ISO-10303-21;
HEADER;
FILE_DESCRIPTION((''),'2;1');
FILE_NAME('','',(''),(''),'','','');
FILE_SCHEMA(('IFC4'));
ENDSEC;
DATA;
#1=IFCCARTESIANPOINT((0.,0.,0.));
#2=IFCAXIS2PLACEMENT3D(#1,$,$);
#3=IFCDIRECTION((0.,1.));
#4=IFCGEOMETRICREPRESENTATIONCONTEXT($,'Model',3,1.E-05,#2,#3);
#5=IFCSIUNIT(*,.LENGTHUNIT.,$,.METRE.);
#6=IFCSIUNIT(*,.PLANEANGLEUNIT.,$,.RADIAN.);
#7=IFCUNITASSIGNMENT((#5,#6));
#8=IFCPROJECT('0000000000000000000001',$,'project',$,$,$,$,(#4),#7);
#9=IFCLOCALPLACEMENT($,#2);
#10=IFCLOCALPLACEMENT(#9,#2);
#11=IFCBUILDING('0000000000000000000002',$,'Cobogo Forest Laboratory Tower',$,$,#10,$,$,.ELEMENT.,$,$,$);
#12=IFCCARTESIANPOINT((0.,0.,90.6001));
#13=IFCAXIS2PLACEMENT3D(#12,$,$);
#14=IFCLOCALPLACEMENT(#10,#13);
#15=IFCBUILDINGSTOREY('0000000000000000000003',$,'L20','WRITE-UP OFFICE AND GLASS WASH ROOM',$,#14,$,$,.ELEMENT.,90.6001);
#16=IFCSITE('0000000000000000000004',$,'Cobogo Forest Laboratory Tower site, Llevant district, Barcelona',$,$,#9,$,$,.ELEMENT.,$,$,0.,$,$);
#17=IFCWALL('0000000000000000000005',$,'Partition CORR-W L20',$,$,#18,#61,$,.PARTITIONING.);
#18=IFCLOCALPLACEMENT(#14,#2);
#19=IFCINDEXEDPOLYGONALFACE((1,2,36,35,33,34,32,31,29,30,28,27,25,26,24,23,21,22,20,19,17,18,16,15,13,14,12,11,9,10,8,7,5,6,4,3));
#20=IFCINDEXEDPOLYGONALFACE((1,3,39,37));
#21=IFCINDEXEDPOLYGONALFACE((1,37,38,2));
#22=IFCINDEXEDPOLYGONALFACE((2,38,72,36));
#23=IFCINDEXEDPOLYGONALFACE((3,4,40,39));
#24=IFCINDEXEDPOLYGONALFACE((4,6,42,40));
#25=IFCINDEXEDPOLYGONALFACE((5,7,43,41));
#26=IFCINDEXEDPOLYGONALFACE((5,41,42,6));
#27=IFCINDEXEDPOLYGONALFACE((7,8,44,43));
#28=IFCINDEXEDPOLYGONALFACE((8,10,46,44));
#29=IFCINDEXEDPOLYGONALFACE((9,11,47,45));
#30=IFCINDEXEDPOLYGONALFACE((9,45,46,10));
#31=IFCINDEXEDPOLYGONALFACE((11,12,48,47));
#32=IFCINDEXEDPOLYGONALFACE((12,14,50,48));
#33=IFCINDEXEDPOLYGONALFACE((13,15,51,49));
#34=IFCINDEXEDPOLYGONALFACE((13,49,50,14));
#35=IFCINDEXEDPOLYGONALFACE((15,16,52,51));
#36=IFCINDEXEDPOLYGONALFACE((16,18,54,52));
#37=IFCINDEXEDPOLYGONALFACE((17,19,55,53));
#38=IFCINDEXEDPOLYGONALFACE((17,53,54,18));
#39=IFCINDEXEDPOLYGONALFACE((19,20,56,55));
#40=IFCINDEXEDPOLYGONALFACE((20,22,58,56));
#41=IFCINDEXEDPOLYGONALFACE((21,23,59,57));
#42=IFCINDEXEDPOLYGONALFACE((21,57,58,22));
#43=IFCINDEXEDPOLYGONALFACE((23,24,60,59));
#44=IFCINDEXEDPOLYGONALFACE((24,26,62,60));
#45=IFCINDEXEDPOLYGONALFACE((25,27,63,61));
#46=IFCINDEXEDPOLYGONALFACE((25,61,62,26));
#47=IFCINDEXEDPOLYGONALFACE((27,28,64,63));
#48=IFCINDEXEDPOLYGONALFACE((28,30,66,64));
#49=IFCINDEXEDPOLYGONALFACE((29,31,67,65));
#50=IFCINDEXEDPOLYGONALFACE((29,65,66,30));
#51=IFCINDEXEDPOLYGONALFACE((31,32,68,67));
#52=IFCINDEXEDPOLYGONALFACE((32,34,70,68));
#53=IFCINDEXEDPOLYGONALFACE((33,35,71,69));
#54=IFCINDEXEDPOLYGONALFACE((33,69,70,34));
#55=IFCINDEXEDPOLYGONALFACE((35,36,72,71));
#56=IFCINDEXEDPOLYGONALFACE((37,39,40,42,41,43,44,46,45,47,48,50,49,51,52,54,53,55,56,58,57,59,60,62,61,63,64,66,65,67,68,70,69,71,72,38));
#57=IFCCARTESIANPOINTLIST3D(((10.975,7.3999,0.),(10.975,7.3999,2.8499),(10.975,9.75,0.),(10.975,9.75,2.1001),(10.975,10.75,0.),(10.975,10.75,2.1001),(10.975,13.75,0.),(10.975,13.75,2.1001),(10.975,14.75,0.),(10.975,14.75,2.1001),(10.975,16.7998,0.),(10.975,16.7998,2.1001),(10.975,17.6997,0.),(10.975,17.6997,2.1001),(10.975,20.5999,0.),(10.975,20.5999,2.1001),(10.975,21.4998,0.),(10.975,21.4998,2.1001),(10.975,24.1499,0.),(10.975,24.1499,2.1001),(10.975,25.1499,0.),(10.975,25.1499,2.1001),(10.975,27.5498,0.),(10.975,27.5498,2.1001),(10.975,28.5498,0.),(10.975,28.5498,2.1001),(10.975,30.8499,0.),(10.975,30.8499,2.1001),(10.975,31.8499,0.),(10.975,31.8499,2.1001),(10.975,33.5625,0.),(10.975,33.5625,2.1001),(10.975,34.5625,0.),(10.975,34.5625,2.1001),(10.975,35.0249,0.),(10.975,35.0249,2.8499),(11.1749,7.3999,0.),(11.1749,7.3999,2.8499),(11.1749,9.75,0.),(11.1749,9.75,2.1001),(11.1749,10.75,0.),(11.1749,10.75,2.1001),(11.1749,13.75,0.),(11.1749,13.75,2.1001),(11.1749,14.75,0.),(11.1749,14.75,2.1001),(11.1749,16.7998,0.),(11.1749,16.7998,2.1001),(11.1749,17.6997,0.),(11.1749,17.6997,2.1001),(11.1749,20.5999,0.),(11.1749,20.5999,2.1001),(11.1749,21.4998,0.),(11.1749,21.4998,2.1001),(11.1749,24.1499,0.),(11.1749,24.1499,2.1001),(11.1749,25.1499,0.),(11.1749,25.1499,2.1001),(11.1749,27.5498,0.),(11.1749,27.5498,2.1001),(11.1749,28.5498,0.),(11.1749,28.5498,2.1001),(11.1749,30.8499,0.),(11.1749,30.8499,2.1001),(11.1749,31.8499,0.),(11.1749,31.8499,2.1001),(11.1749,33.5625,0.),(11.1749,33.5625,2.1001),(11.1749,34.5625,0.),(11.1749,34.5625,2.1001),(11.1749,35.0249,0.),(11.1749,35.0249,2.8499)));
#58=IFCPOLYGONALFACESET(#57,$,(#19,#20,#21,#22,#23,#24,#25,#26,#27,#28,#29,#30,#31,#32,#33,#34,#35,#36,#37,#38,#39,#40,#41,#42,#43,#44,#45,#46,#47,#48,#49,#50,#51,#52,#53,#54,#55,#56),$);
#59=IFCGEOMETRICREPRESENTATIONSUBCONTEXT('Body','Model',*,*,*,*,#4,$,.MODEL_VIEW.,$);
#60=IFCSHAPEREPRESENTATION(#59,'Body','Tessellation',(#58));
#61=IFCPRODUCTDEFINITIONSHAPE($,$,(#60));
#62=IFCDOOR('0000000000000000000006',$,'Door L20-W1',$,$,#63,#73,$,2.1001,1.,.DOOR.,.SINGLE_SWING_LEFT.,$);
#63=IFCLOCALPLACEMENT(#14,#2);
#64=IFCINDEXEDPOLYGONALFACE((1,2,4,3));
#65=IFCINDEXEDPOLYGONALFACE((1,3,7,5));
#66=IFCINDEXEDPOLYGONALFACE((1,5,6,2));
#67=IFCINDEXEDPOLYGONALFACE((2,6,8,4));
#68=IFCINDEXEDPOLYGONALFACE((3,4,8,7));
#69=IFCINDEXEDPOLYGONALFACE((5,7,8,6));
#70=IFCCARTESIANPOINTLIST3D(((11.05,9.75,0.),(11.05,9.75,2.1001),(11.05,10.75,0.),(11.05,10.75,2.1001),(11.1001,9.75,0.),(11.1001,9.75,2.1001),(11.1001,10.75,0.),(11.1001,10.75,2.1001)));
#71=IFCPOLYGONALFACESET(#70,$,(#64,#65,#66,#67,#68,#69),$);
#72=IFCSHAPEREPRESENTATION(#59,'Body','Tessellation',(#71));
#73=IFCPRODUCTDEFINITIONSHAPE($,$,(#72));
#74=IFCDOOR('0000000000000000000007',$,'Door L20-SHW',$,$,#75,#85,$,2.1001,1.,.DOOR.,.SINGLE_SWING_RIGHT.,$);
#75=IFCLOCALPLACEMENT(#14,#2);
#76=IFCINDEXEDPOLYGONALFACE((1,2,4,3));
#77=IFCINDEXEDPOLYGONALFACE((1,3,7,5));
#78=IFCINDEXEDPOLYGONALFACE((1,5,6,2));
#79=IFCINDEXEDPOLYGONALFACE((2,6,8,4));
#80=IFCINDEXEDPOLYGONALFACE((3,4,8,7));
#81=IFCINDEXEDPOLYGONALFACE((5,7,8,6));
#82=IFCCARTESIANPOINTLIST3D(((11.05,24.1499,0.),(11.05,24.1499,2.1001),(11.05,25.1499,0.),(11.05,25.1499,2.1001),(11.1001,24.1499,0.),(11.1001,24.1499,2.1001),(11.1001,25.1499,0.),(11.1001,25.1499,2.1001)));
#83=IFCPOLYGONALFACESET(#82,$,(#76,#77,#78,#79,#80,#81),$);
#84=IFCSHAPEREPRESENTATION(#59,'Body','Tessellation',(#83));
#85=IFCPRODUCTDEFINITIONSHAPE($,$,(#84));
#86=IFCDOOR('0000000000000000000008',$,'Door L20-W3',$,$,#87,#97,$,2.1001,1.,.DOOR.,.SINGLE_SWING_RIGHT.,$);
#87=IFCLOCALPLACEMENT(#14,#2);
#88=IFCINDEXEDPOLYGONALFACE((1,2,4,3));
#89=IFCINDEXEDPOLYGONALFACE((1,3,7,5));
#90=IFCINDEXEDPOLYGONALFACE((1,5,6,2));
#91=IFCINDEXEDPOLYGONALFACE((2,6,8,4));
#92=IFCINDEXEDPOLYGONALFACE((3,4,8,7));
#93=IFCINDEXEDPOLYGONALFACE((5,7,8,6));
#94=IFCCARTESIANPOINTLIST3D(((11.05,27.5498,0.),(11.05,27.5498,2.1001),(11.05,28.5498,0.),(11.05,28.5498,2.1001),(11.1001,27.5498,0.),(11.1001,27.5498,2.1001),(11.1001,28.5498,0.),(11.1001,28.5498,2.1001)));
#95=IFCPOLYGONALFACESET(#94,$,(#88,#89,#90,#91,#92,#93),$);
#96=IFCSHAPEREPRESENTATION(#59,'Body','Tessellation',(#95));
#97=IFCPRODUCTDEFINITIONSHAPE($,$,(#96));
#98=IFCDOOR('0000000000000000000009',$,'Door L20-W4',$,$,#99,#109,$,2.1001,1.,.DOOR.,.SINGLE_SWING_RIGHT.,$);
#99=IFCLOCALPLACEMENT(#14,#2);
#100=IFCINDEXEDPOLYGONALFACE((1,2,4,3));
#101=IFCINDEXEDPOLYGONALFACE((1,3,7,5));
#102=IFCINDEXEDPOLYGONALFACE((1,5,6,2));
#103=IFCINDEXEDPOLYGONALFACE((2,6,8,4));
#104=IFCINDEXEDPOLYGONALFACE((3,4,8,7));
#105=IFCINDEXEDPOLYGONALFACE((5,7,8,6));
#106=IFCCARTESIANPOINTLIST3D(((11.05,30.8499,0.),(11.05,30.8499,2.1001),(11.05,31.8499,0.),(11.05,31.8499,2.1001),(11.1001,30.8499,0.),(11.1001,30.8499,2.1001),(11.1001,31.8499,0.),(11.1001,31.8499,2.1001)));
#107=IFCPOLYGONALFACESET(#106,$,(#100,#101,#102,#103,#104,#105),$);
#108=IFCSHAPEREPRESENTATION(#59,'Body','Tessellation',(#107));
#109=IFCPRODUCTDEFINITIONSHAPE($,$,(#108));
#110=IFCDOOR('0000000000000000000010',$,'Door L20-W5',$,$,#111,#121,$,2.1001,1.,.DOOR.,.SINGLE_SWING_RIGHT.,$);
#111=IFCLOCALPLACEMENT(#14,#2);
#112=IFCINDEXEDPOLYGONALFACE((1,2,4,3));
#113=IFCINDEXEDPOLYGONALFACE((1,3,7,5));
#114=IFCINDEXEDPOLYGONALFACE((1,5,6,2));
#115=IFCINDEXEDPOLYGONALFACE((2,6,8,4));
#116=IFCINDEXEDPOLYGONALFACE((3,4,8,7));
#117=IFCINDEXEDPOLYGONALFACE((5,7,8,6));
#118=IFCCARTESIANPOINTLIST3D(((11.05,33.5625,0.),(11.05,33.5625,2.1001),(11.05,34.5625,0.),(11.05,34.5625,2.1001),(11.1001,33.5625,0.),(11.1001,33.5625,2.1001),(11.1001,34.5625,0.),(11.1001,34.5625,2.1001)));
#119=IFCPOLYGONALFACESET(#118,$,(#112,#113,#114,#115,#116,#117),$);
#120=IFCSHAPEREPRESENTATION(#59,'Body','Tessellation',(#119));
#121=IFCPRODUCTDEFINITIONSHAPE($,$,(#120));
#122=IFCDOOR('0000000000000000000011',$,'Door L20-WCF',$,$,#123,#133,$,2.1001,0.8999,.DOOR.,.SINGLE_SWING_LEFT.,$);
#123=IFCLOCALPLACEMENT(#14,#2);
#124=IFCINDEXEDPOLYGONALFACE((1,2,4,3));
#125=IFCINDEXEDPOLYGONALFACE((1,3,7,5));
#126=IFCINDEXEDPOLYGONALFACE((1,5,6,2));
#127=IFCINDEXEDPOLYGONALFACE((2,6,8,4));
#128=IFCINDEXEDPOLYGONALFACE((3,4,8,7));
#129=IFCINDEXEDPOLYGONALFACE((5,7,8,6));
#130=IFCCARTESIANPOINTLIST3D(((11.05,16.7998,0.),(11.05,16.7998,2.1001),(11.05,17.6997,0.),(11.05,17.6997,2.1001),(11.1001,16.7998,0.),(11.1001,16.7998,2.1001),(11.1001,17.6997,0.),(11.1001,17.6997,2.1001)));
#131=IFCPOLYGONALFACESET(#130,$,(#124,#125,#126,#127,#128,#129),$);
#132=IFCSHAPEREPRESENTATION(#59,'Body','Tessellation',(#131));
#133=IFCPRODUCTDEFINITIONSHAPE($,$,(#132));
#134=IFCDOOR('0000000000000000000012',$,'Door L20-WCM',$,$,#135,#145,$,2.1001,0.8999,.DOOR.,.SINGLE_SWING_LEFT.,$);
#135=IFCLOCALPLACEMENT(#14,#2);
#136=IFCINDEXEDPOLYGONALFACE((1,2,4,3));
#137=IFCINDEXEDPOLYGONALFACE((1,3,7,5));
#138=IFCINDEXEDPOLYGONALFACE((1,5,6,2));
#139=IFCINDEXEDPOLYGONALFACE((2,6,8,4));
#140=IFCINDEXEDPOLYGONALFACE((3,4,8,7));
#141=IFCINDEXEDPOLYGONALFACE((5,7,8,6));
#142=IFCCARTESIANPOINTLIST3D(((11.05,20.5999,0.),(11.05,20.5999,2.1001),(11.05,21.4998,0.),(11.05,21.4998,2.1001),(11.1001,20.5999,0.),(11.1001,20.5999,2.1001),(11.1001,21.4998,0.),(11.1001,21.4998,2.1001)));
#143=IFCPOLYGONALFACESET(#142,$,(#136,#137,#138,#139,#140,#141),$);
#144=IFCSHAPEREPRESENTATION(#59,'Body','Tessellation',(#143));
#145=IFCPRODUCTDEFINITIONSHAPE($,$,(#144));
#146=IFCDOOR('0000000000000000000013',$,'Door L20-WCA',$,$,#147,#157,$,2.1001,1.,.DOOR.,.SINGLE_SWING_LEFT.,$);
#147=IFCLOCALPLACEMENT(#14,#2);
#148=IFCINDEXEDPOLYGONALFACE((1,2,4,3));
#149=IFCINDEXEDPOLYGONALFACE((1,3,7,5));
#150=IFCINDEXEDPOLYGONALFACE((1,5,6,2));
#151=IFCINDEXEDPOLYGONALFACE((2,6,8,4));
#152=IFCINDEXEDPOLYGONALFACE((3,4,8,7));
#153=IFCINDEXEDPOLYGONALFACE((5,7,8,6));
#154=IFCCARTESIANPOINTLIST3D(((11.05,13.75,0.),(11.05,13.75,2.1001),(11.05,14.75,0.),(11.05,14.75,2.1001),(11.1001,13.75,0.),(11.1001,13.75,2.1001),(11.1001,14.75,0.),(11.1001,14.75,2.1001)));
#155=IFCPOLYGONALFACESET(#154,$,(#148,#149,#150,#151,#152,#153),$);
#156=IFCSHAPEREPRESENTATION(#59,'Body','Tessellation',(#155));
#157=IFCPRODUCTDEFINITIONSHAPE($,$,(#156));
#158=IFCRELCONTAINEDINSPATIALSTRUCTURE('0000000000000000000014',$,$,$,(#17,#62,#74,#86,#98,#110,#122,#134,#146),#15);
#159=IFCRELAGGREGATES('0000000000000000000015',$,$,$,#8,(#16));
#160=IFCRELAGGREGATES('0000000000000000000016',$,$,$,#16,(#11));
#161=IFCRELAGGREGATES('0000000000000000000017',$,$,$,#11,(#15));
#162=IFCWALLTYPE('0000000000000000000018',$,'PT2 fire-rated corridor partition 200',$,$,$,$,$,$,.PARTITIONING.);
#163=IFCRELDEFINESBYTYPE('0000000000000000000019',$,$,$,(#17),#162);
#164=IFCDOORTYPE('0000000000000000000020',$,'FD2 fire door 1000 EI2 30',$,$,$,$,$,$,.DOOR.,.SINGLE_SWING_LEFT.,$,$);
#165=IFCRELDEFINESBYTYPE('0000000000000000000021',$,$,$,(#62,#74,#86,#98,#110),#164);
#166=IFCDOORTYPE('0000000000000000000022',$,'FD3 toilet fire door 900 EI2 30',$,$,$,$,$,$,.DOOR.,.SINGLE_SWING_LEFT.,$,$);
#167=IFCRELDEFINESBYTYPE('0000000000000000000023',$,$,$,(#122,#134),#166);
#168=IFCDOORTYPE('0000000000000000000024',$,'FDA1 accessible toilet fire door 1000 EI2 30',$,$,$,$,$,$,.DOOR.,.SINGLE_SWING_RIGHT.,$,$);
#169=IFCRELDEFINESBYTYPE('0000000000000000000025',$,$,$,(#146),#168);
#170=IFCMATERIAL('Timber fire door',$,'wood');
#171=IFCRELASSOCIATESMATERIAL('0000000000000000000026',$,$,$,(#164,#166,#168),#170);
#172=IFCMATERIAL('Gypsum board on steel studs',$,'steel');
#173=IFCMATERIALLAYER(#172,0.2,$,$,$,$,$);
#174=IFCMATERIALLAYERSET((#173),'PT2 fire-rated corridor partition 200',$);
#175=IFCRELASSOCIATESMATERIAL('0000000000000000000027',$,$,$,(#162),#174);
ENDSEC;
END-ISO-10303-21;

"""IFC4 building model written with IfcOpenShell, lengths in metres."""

from ifc_helpers import new_model, si_unit, direction, frame, frame_2d, origin, place, context, subcontext, project, spatial, rectangle, extrude, material, layer, layer_set, type_object, element, fill, save


model = new_model("IFC4")

# Units and contexts
model_context = context("Model", 3, precision=1e-05, world=origin(), true_north=direction((0.0, 1.0)))
body_context = subcontext(model_context, "Body", "Model", "MODEL_VIEW")
ifc_project = project(units=[si_unit("LENGTHUNIT", "METRE"), si_unit("PLANEANGLEUNIT", "RADIAN")], contexts=[model_context])

# Site, building, storey
site_placement = place(None, origin())
site = spatial("IfcSite", under=ifc_project, at=site_placement, Name="Cobogo Forest Laboratory Tower site, Llevant district, Barcelona", CompositionType="ELEMENT", RefElevation=0.0)
building_placement = place(site_placement, origin())
building = spatial("IfcBuilding", under=site, at=building_placement, Name="Cobogo Forest Laboratory Tower", CompositionType="ELEMENT")
storey_placement = place(building_placement, frame((0.0, 0.0, 90.6001)))
storey = spatial("IfcBuildingStorey", under=building, at=storey_placement, Name="L20", Description="WRITE-UP OFFICE AND GLASS WASH ROOM", CompositionType="ELEMENT", Elevation=90.6001)

# Shared definitions
ifc_material_1 = material(Name="Gypsum board on steel studs", Category="steel")
ifc_material_2 = material(Name="Timber fire door", Category="wood")
door_type_1 = type_object("IfcDoorType", Name="FD2 fire door 1000 EI2 30", OperationType="SINGLE_SWING_LEFT", PredefinedType="DOOR", material=ifc_material_2)

# Wall, openings, doors
ifc_layer_1 = layer(ifc_material_1, 0.2)
ifc_layer_set_1 = layer_set([ifc_layer_1], Name="PT2 fire-rated corridor partition 200")
wall_type_1 = type_object("IfcWallType", Name="PT2 fire-rated corridor partition 200", PredefinedType="PARTITIONING", material=ifc_layer_set_1)
wall_1_placement = place(storey_placement, frame((11.075, 7.3999, 0.0), z_axis=(0.0, 0.0, 1.0), x_axis=(0.0, 1.0, 0.0)))
wall_1 = element("IfcWall", 1, at=wall_1_placement, inside=storey, type_object=wall_type_1, Name="Partition CORR-W L20", PredefinedType="PARTITIONING", context=body_context, shape_type="SweptSolid", body=[
    extrude(rectangle(XDim=27.625, YDim=0.2, at=frame_2d((13.8125, 0.0))), origin(), (0.0, 0.0, 1.0), 2.8499),
])
opening_1_placement = place(wall_1_placement, frame((2.3501, 0.0, 0.0)))
opening_1 = element("IfcOpeningElement", 2, at=opening_1_placement, cuts=wall_1, PredefinedType="OPENING", context=body_context, shape_type="SweptSolid", body=[
    extrude(rectangle(XDim=1.0, YDim=2.1001, at=frame_2d((0.5, 1.05))), frame((0.0, 0.1099, 0.0), z_axis=(0.0, -1.0, 0.0), x_axis=(1.0, 0.0, 0.0)), (0.0, 0.0, 1.0), 0.22),
])
opening_2_placement = place(wall_1_placement, frame((6.3501, 0.0, 0.0)))
opening_2 = element("IfcOpeningElement", 3, at=opening_2_placement, cuts=wall_1, PredefinedType="OPENING", context=body_context, shape_type="SweptSolid", body=[
    extrude(rectangle(XDim=1.0, YDim=2.1001, at=frame_2d((0.5, 1.05))), frame((0.0, 0.1099, 0.0), z_axis=(0.0, -1.0, 0.0), x_axis=(1.0, 0.0, 0.0)), (0.0, 0.0, 1.0), 0.22),
])
opening_3_placement = place(wall_1_placement, frame((9.3999, 0.0, 0.0)))
opening_3 = element("IfcOpeningElement", 4, at=opening_3_placement, cuts=wall_1, PredefinedType="OPENING", context=body_context, shape_type="SweptSolid", body=[
    extrude(rectangle(XDim=0.8999, YDim=2.1001, at=frame_2d((0.45, 1.05))), frame((0.0, 0.1099, 0.0), z_axis=(0.0, -1.0, 0.0), x_axis=(1.0, 0.0, 0.0)), (0.0, 0.0, 1.0), 0.22),
])
opening_4_placement = place(wall_1_placement, frame((13.2, 0.0, 0.0)))
opening_4 = element("IfcOpeningElement", 5, at=opening_4_placement, cuts=wall_1, PredefinedType="OPENING", context=body_context, shape_type="SweptSolid", body=[
    extrude(rectangle(XDim=0.8999, YDim=2.1001, at=frame_2d((0.45, 1.05))), frame((0.0, 0.1099, 0.0), z_axis=(0.0, -1.0, 0.0), x_axis=(1.0, 0.0, 0.0)), (0.0, 0.0, 1.0), 0.22),
])
opening_5_placement = place(wall_1_placement, frame((16.75, 0.0, 0.0)))
opening_5 = element("IfcOpeningElement", 6, at=opening_5_placement, cuts=wall_1, PredefinedType="OPENING", context=body_context, shape_type="SweptSolid", body=[
    extrude(rectangle(XDim=1.0, YDim=2.1001, at=frame_2d((0.5, 1.05))), frame((0.0, 0.1099, 0.0), z_axis=(0.0, -1.0, 0.0), x_axis=(1.0, 0.0, 0.0)), (0.0, 0.0, 1.0), 0.22),
])
opening_6_placement = place(wall_1_placement, frame((20.1499, 0.0, 0.0)))
opening_6 = element("IfcOpeningElement", 7, at=opening_6_placement, cuts=wall_1, PredefinedType="OPENING", context=body_context, shape_type="SweptSolid", body=[
    extrude(rectangle(XDim=1.0, YDim=2.1001, at=frame_2d((0.5, 1.05))), frame((0.0, 0.1099, 0.0), z_axis=(0.0, -1.0, 0.0), x_axis=(1.0, 0.0, 0.0)), (0.0, 0.0, 1.0), 0.22),
])
opening_7_placement = place(wall_1_placement, frame((23.45, 0.0, 0.0)))
opening_7 = element("IfcOpeningElement", 8, at=opening_7_placement, cuts=wall_1, PredefinedType="OPENING", context=body_context, shape_type="SweptSolid", body=[
    extrude(rectangle(XDim=1.0, YDim=2.1001, at=frame_2d((0.5, 1.05))), frame((0.0, 0.1099, 0.0), z_axis=(0.0, -1.0, 0.0), x_axis=(1.0, 0.0, 0.0)), (0.0, 0.0, 1.0), 0.22),
])
opening_8_placement = place(wall_1_placement, frame((26.1626, 0.0, 0.0)))
opening_8 = element("IfcOpeningElement", 9, at=opening_8_placement, cuts=wall_1, PredefinedType="OPENING", context=body_context, shape_type="SweptSolid", body=[
    extrude(rectangle(XDim=1.0, YDim=2.1001, at=frame_2d((0.5, 1.05))), frame((0.0, 0.1099, 0.0), z_axis=(0.0, -1.0, 0.0), x_axis=(1.0, 0.0, 0.0)), (0.0, 0.0, 1.0), 0.22),
])
door_1_placement = place(opening_1_placement, origin())
door_1 = element("IfcDoor", 10, at=door_1_placement, inside=storey, type_object=door_type_1, Name="Door L20-W1", OperationType="SINGLE_SWING_LEFT", OverallHeight=2.1001, OverallWidth=1.0, PredefinedType="DOOR", context=body_context, shape_type="SweptSolid", body=[
    extrude(rectangle(XDim=1.0, YDim=2.1001, at=frame_2d((0.5, 1.05))), frame((0.0, 0.0249, 0.0), z_axis=(0.0, -1.0, 0.0), x_axis=(1.0, 0.0, 0.0)), (0.0, 0.0, 1.0), 0.05),
])
fill(opening_1, door_1)
door_2_placement = place(opening_5_placement, origin())
door_2 = element("IfcDoor", 11, at=door_2_placement, inside=storey, type_object=door_type_1, Name="Door L20-SHW", OperationType="SINGLE_SWING_RIGHT", OverallHeight=2.1001, OverallWidth=1.0, PredefinedType="DOOR", context=body_context, shape_type="SweptSolid", body=[
    extrude(rectangle(XDim=1.0, YDim=2.1001, at=frame_2d((0.5, 1.05))), frame((0.0, 0.0249, 0.0), z_axis=(0.0, -1.0, 0.0), x_axis=(1.0, 0.0, 0.0)), (0.0, 0.0, 1.0), 0.05),
])
fill(opening_5, door_2)
door_3_placement = place(opening_6_placement, origin())
door_3 = element("IfcDoor", 12, at=door_3_placement, inside=storey, type_object=door_type_1, Name="Door L20-W3", OperationType="SINGLE_SWING_RIGHT", OverallHeight=2.1001, OverallWidth=1.0, PredefinedType="DOOR", context=body_context, shape_type="SweptSolid", body=[
    extrude(rectangle(XDim=1.0, YDim=2.1001, at=frame_2d((0.5, 1.05))), frame((0.0, 0.0249, 0.0), z_axis=(0.0, -1.0, 0.0), x_axis=(1.0, 0.0, 0.0)), (0.0, 0.0, 1.0), 0.05),
])
fill(opening_6, door_3)
door_4_placement = place(opening_7_placement, origin())
door_4 = element("IfcDoor", 13, at=door_4_placement, inside=storey, type_object=door_type_1, Name="Door L20-W4", OperationType="SINGLE_SWING_RIGHT", OverallHeight=2.1001, OverallWidth=1.0, PredefinedType="DOOR", context=body_context, shape_type="SweptSolid", body=[
    extrude(rectangle(XDim=1.0, YDim=2.1001, at=frame_2d((0.5, 1.05))), frame((0.0, 0.0249, 0.0), z_axis=(0.0, -1.0, 0.0), x_axis=(1.0, 0.0, 0.0)), (0.0, 0.0, 1.0), 0.05),
])
fill(opening_7, door_4)
door_5_placement = place(opening_8_placement, origin())
door_5 = element("IfcDoor", 14, at=door_5_placement, inside=storey, type_object=door_type_1, Name="Door L20-W5", OperationType="SINGLE_SWING_RIGHT", OverallHeight=2.1001, OverallWidth=1.0, PredefinedType="DOOR", context=body_context, shape_type="SweptSolid", body=[
    extrude(rectangle(XDim=1.0, YDim=2.1001, at=frame_2d((0.5, 1.05))), frame((0.0, 0.0249, 0.0), z_axis=(0.0, -1.0, 0.0), x_axis=(1.0, 0.0, 0.0)), (0.0, 0.0, 1.0), 0.05),
])
fill(opening_8, door_5)
door_type_2 = type_object("IfcDoorType", Name="FD3 toilet fire door 900 EI2 30", OperationType="SINGLE_SWING_LEFT", PredefinedType="DOOR", material=ifc_material_2)
door_6_placement = place(opening_3_placement, origin())
door_6 = element("IfcDoor", 15, at=door_6_placement, inside=storey, type_object=door_type_2, Name="Door L20-WCF", OperationType="SINGLE_SWING_LEFT", OverallHeight=2.1001, OverallWidth=0.8999, PredefinedType="DOOR", context=body_context, shape_type="SweptSolid", body=[
    extrude(rectangle(XDim=0.8999, YDim=2.1001, at=frame_2d((0.45, 1.05))), frame((0.0, 0.0249, 0.0), z_axis=(0.0, -1.0, 0.0), x_axis=(1.0, 0.0, 0.0)), (0.0, 0.0, 1.0), 0.05),
])
fill(opening_3, door_6)
door_7_placement = place(opening_4_placement, origin())
door_7 = element("IfcDoor", 16, at=door_7_placement, inside=storey, type_object=door_type_2, Name="Door L20-WCM", OperationType="SINGLE_SWING_LEFT", OverallHeight=2.1001, OverallWidth=0.8999, PredefinedType="DOOR", context=body_context, shape_type="SweptSolid", body=[
    extrude(rectangle(XDim=0.8999, YDim=2.1001, at=frame_2d((0.45, 1.05))), frame((0.0, 0.0249, 0.0), z_axis=(0.0, -1.0, 0.0), x_axis=(1.0, 0.0, 0.0)), (0.0, 0.0, 1.0), 0.05),
])
fill(opening_4, door_7)
door_type_3 = type_object("IfcDoorType", Name="FDA1 accessible toilet fire door 1000 EI2 30", OperationType="SINGLE_SWING_RIGHT", PredefinedType="DOOR", material=ifc_material_2)
door_8_placement = place(opening_2_placement, origin())
door_8 = element("IfcDoor", 17, at=door_8_placement, inside=storey, type_object=door_type_3, Name="Door L20-WCA", OperationType="SINGLE_SWING_LEFT", OverallHeight=2.1001, OverallWidth=1.0, PredefinedType="DOOR", context=body_context, shape_type="SweptSolid", body=[
    extrude(rectangle(XDim=1.0, YDim=2.1001, at=frame_2d((0.5, 1.05))), frame((0.0, 0.0249, 0.0), z_axis=(0.0, -1.0, 0.0), x_axis=(1.0, 0.0, 0.0)), (0.0, 0.0, 1.0), 0.05),
])
fill(opening_2, door_8)

save(model, "model.ifc")
